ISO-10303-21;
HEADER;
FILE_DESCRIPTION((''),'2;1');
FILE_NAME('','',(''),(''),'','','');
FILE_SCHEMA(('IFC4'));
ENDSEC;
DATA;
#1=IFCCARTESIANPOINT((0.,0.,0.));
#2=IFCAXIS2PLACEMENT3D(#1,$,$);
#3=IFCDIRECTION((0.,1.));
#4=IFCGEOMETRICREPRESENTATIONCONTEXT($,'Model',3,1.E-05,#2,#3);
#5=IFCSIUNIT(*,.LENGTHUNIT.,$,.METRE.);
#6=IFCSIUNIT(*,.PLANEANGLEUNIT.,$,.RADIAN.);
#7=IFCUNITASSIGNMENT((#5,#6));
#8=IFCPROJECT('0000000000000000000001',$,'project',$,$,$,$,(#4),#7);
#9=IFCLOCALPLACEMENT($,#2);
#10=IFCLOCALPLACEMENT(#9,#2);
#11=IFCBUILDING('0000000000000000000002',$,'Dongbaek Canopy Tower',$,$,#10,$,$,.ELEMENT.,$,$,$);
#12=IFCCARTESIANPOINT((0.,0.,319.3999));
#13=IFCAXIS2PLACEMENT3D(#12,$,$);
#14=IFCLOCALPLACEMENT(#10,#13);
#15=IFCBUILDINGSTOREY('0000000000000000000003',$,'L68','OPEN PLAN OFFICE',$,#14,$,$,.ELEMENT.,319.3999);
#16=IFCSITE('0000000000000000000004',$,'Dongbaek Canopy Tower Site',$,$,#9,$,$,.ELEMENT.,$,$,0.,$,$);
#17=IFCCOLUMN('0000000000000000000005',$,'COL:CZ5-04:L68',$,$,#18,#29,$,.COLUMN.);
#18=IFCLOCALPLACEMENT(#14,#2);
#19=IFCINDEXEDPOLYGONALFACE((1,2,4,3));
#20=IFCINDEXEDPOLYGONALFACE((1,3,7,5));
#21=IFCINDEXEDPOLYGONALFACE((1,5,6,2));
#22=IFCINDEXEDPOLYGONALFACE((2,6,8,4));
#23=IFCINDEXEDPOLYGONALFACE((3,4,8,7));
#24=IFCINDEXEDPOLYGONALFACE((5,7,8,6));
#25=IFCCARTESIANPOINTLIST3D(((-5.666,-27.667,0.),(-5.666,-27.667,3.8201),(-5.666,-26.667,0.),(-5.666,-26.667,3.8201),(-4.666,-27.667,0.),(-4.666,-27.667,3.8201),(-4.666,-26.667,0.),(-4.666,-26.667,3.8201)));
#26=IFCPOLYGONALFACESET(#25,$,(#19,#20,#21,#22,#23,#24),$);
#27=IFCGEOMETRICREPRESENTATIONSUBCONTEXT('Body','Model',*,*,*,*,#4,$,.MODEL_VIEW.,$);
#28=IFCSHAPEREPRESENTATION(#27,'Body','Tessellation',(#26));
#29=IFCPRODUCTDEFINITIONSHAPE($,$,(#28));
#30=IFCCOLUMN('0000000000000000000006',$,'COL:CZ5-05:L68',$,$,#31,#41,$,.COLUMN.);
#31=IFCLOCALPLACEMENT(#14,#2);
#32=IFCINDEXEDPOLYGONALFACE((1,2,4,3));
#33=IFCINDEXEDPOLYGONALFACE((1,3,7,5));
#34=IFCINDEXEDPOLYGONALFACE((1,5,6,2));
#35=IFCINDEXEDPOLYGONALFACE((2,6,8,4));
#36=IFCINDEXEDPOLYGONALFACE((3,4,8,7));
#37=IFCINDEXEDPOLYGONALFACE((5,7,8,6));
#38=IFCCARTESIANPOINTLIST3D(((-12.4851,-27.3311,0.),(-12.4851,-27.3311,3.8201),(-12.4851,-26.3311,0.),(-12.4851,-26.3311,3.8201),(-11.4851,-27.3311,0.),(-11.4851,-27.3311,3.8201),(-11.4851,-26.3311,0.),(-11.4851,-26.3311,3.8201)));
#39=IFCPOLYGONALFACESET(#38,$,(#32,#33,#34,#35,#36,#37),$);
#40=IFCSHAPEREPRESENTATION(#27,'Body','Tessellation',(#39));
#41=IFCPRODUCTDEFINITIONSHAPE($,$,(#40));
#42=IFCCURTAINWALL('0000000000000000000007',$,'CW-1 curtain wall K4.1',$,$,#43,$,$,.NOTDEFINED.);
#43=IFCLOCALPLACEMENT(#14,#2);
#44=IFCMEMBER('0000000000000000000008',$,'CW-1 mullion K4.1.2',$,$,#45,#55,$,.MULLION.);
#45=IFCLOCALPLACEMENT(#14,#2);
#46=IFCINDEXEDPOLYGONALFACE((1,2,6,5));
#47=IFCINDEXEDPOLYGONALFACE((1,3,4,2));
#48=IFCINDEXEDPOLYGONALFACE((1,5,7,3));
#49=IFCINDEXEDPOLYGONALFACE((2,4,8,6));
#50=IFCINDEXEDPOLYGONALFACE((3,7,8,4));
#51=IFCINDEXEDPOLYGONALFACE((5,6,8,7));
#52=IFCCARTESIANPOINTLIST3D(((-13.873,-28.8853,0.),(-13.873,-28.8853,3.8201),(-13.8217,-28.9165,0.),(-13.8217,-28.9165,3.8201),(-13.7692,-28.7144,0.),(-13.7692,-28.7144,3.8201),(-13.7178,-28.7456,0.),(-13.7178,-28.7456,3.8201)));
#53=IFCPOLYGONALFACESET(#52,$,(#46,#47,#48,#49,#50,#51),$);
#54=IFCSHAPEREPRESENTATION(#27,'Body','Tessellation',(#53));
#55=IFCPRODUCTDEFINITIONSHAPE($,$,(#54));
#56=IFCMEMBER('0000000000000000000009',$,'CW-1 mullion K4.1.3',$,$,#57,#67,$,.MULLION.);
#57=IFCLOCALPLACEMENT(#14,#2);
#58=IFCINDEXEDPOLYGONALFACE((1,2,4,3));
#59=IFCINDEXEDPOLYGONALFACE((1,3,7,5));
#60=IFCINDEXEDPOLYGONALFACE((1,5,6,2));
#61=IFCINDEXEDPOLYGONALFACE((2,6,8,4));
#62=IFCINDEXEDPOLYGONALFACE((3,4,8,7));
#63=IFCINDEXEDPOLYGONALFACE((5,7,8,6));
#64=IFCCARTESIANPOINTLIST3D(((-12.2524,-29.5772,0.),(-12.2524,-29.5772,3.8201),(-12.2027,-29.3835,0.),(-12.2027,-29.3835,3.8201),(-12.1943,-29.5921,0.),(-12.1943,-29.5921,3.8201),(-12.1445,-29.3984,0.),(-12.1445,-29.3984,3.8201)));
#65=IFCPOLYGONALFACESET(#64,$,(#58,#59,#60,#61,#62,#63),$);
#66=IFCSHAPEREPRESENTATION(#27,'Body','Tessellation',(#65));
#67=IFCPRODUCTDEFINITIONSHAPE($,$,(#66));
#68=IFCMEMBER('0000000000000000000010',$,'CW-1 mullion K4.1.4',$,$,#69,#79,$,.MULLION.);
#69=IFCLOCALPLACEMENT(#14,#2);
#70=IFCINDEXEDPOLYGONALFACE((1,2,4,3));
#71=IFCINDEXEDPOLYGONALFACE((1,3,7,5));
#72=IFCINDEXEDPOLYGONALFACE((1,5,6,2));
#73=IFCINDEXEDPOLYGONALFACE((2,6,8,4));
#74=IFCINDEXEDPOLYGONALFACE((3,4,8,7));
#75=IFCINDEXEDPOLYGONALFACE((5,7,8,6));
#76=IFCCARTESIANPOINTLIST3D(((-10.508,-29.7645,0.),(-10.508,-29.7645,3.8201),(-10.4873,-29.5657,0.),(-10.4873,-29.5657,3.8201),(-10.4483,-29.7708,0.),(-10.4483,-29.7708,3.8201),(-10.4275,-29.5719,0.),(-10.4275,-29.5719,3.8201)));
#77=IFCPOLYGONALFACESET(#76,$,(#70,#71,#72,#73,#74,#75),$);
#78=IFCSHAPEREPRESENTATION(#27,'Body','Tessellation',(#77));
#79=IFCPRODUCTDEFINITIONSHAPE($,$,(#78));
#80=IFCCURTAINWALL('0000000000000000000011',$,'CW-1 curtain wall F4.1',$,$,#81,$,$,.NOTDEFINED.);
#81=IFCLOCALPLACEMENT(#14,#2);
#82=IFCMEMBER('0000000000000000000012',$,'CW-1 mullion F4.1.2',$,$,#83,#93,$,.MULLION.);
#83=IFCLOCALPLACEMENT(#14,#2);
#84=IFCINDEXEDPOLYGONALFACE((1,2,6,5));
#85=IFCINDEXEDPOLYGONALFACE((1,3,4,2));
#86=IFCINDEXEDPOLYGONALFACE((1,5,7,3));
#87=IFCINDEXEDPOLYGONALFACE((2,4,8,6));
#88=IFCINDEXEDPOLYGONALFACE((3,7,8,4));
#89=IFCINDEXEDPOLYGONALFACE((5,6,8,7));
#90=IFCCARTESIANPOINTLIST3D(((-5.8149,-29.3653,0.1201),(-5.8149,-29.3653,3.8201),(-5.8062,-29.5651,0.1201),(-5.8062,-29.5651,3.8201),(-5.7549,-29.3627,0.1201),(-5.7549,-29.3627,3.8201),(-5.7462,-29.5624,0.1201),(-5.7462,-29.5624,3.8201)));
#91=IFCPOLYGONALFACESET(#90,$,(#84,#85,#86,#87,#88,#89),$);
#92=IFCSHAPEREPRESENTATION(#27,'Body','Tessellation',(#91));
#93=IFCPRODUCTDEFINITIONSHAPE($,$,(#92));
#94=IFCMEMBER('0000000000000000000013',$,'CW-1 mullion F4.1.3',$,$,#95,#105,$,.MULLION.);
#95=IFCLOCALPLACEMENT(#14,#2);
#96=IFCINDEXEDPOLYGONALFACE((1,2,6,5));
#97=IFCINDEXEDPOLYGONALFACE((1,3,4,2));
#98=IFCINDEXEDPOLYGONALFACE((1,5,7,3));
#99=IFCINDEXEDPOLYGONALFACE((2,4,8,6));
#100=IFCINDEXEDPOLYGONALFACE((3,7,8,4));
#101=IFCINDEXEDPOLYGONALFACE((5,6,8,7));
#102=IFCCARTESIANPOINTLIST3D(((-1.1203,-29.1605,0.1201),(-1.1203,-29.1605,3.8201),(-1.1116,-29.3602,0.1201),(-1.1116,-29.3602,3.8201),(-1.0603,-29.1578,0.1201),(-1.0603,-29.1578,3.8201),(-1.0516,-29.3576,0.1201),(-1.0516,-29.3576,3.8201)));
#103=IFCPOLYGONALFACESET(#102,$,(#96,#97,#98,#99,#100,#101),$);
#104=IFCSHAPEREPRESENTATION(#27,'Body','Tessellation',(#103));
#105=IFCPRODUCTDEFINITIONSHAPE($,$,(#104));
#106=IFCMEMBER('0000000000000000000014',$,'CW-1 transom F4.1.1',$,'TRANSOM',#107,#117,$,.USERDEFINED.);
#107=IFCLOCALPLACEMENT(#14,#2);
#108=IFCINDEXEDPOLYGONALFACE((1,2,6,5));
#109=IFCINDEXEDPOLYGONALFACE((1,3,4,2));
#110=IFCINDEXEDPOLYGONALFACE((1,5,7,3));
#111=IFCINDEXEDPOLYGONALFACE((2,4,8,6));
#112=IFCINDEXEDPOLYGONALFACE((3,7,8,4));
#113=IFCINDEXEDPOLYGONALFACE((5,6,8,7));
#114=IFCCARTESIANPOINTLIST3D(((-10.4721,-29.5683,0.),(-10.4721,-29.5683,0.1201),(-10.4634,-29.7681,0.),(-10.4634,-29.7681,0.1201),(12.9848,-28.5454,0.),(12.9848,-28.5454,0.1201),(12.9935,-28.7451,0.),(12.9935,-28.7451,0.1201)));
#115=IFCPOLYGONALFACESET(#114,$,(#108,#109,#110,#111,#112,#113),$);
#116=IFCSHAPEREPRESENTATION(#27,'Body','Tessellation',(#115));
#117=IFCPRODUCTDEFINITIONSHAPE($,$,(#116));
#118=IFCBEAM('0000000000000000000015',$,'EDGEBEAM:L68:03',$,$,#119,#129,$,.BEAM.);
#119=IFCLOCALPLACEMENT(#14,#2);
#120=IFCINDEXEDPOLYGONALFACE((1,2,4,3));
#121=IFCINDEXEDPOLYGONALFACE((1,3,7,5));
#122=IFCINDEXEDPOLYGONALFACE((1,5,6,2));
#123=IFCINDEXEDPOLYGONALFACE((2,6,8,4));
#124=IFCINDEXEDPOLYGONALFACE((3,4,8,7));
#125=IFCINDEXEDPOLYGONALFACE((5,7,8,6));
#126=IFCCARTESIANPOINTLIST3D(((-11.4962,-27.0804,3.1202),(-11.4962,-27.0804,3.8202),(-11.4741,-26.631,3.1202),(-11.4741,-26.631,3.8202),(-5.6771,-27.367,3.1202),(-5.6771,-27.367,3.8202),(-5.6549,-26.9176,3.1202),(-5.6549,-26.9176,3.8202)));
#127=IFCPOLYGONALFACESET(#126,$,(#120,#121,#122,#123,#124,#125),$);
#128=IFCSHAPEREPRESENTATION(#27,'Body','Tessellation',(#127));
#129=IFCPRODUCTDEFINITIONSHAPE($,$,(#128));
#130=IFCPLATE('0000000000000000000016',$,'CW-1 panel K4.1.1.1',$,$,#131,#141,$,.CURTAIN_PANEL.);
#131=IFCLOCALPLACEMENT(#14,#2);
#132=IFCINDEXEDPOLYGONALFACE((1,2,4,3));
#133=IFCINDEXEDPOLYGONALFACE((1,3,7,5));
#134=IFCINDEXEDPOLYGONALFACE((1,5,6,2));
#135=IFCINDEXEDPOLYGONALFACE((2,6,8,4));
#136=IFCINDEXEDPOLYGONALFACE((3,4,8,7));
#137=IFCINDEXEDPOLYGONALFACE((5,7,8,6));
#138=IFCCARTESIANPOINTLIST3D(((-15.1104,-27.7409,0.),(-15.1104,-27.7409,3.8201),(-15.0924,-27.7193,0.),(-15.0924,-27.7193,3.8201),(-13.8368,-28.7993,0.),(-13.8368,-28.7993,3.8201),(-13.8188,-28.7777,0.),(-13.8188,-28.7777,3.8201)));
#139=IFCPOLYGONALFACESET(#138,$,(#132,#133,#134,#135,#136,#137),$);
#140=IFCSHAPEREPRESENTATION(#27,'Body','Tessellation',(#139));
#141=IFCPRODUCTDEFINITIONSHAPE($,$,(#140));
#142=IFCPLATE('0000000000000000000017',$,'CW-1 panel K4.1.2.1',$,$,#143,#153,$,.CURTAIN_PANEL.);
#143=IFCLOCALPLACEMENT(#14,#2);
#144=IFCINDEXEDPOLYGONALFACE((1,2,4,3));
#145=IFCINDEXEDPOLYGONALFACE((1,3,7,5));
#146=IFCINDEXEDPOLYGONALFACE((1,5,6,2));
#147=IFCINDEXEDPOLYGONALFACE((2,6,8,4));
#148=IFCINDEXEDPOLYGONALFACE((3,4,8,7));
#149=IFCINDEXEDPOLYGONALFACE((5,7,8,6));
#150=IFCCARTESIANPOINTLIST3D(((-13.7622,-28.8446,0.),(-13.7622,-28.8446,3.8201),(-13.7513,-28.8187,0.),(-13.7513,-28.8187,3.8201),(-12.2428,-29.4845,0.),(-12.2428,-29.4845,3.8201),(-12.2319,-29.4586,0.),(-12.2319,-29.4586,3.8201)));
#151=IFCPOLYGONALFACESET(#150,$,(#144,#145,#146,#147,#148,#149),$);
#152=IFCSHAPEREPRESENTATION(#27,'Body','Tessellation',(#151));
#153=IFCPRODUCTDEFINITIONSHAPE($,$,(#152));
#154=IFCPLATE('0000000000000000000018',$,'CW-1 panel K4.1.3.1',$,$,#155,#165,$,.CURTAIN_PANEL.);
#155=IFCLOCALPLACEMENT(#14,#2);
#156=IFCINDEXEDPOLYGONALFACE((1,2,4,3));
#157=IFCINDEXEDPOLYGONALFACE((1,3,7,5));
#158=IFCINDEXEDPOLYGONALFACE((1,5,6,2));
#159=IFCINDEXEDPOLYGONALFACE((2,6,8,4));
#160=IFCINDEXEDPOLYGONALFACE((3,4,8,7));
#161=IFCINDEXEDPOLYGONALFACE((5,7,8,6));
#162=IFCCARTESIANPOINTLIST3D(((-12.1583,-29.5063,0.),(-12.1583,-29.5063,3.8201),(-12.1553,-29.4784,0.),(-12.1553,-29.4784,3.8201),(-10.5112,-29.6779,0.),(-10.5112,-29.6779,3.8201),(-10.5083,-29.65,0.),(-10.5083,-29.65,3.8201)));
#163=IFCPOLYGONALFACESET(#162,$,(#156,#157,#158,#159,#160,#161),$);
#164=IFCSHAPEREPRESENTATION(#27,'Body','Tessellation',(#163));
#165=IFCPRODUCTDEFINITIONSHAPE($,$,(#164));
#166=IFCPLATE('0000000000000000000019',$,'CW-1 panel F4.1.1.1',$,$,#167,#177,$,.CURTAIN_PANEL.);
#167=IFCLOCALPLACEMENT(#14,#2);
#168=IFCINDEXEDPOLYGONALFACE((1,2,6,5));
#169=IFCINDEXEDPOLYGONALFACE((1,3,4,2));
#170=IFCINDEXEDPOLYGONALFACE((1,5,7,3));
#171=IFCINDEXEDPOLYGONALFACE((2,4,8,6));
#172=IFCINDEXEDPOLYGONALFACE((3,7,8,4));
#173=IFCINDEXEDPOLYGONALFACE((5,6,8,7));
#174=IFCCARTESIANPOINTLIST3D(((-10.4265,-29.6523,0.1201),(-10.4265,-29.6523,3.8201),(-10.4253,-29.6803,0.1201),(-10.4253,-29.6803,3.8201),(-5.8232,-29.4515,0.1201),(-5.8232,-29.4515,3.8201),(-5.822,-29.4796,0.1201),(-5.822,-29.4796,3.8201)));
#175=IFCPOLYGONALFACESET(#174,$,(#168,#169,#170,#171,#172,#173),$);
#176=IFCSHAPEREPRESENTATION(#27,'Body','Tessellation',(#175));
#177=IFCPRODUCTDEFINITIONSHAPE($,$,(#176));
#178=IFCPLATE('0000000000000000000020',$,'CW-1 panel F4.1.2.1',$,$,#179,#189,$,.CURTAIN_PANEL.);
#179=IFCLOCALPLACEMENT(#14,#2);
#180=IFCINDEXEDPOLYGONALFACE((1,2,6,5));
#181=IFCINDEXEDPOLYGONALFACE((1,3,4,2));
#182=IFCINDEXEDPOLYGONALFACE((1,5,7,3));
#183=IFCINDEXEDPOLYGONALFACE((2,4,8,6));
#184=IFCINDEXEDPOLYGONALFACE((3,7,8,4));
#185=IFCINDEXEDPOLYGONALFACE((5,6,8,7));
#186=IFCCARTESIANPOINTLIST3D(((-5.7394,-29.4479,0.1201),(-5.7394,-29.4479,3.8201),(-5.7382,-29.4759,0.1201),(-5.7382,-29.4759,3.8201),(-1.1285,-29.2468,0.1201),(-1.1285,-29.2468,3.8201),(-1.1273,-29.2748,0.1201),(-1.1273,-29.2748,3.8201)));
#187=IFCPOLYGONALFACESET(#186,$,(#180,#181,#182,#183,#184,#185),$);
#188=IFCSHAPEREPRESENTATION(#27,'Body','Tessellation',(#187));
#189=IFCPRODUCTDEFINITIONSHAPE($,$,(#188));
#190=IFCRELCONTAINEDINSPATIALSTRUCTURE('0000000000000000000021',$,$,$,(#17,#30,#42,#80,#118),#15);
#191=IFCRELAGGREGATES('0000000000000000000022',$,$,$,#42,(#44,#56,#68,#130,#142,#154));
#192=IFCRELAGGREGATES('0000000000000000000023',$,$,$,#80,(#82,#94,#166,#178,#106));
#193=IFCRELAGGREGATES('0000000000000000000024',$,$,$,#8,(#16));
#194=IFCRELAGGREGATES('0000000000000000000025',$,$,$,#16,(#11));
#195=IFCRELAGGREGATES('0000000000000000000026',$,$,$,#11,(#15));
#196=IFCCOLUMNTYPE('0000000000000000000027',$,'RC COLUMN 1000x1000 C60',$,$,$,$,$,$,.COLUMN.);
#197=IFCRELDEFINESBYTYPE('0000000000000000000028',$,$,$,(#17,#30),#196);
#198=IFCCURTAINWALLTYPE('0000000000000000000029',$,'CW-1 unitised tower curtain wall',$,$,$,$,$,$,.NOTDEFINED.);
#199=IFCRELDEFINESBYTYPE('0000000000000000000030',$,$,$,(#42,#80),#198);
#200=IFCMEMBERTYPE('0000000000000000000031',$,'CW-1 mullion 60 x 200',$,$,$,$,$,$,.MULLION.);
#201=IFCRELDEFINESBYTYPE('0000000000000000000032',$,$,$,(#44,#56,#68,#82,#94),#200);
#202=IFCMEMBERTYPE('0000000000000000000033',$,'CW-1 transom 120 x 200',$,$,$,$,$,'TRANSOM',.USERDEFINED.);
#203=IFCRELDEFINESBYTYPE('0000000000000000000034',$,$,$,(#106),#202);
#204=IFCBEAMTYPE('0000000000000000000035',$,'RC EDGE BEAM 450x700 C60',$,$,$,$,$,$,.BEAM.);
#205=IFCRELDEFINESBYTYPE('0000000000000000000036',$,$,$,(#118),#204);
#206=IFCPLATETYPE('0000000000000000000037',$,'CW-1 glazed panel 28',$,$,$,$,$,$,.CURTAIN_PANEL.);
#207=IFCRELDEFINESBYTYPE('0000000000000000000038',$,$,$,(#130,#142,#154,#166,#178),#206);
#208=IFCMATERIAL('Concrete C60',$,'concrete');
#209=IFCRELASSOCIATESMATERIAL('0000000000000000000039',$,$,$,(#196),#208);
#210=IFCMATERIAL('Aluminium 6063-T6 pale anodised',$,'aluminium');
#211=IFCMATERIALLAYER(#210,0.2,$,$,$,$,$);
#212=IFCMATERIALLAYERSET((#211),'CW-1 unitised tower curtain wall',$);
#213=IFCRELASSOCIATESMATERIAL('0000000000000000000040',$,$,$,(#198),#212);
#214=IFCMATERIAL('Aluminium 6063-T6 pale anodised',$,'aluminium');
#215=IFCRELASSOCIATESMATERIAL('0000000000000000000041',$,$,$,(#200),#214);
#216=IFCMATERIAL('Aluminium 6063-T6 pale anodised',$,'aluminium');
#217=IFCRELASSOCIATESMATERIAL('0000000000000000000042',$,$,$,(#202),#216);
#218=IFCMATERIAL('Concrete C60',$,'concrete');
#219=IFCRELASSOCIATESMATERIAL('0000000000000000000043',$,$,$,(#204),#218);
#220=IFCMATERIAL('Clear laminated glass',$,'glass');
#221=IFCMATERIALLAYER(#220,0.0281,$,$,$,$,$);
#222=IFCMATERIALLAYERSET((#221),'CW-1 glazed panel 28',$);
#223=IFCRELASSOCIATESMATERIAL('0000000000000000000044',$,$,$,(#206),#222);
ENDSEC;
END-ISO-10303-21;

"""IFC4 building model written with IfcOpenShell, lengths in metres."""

from ifc_helpers import new_model, si_unit, direction, frame, origin, origin_2d, place, context, subcontext, project, spatial, rectangle, extrude, material, layer, layer_set, material_profile, profile_set, type_object, element, aggregate, save


model = new_model("IFC4")

# Units and contexts
model_context = context("Model", 3, precision=1e-05, world=origin(), true_north=direction((0.0, 1.0)))
body_context = subcontext(model_context, "Body", "Model", "MODEL_VIEW")
ifc_project = project(units=[si_unit("LENGTHUNIT", "METRE"), si_unit("PLANEANGLEUNIT", "RADIAN")], contexts=[model_context])

# Site, building, storey
site_placement = place(None, origin())
site = spatial("IfcSite", under=ifc_project, at=site_placement, Name="Dongbaek Canopy Tower Site", CompositionType="ELEMENT", RefElevation=0.0)
building_placement = place(site_placement, origin())
building = spatial("IfcBuilding", under=site, at=building_placement, Name="Dongbaek Canopy Tower", CompositionType="ELEMENT")
storey_placement = place(building_placement, frame((0.0, 0.0, 319.3999)))
storey = spatial("IfcBuildingStorey", under=building, at=storey_placement, Name="L68", Description="OPEN PLAN OFFICE", CompositionType="ELEMENT", Elevation=319.3999)

# Columns
ifc_material_1 = material(Name="Concrete C60", Category="concrete")
ifc_material_profile_1 = material_profile(ifc_material_1, rectangle(XDim=1.0, YDim=1.0, at=origin_2d()), Name="RC COLUMN 1000x1000 C60")
ifc_profile_set_1 = profile_set([ifc_material_profile_1], Name="Concrete C60")
column_type = type_object("IfcColumnType", Name="RC COLUMN 1000x1000 C60", PredefinedType="COLUMN", material=ifc_profile_set_1)
for number, where, z_axis, x_axis, name in (
    (1, (-5.166, -27.167, 0.0), (0.0, 0.0, 1.0), (1.0, 0.0, 0.0), "COL:CZ5-04:L68"),
    (2, (-11.9851, -26.8311, 0.0), (0.0, 0.0, 1.0), (1.0, 0.0, 0.0), "COL:CZ5-05:L68"),
):
    element("IfcColumn", number, at=place(storey_placement, frame(where, z_axis=z_axis, x_axis=x_axis)), inside=storey, type_object=column_type, Name=name, PredefinedType="COLUMN", context=body_context, shape_type="SweptSolid", body=[
        extrude(rectangle(XDim=1.0, YDim=1.0, at=origin_2d()), origin(), (0.0, 0.0, 1.0), 3.8201),
    ])

# Curtain walls, members
ifc_material_2 = material(Name="Aluminium 6063-T6 pale anodised", Category="aluminium")
ifc_layer_1 = layer(ifc_material_2, 0.2)
ifc_layer_set_1 = layer_set([ifc_layer_1], Name="CW-1 unitised tower curtain wall")
curtain_wall_type = type_object("IfcCurtainWallType", Name="CW-1 unitised tower curtain wall", PredefinedType="NOTDEFINED", material=ifc_layer_set_1)
curtain_wall_1_placement = place(storey_placement, origin())
curtain_wall_1 = element("IfcCurtainWall", 3, at=curtain_wall_1_placement, inside=storey, type_object=curtain_wall_type, Name="CW-1 curtain wall K4.1", PredefinedType="NOTDEFINED")
ifc_material_3 = material(Name="Aluminium 6063-T6 pale anodised", Category="aluminium")
ifc_material_profile_2 = material_profile(ifc_material_3, rectangle(XDim=0.2, YDim=0.0601, at=origin_2d()), Name="CW-1 mullion 60 x 200")
ifc_profile_set_2 = profile_set([ifc_material_profile_2], Name="Aluminium 6063-T6 pale anodised")
member_type_1 = type_object("IfcMemberType", Name="CW-1 mullion 60 x 200", PredefinedType="MULLION", material=ifc_profile_set_2)
member_1_placement = place(storey_placement, frame((-13.7954, -28.8154, 0.0), z_axis=(0.0, 0.0, 1.0), x_axis=(-0.519267, -0.854612, 0.0)))
member_1 = element("IfcMember", 4, at=member_1_placement, type_object=member_type_1, Name="CW-1 mullion K4.1.2", PredefinedType="MULLION", context=body_context, shape_type="SweptSolid", body=[
    extrude(rectangle(XDim=0.2, YDim=0.0601, at=origin_2d()), origin(), (0.0, 0.0, 1.0), 3.8201),
])
member_2_placement = place(storey_placement, frame((-12.1985, -29.4878, 0.0), z_axis=(0.0, 0.0, 1.0), x_axis=(-0.24857, -0.968614, 0.0)))
member_2 = element("IfcMember", 5, at=member_2_placement, type_object=member_type_1, Name="CW-1 mullion K4.1.3", PredefinedType="MULLION", context=body_context, shape_type="SweptSolid", body=[
    extrude(rectangle(XDim=0.2, YDim=0.0601, at=origin_2d()), origin(), (0.0, 0.0, 1.0), 3.8201),
])
member_3_placement = place(storey_placement, frame((-10.4678, -29.6682, 0.0), z_axis=(0.0, 0.0, 1.0), x_axis=(-0.103623, -0.994617, 0.0)))
member_3 = element("IfcMember", 6, at=member_3_placement, type_object=member_type_1, Name="CW-1 mullion K4.1.4", PredefinedType="MULLION", context=body_context, shape_type="SweptSolid", body=[
    extrude(rectangle(XDim=0.2, YDim=0.0601, at=origin_2d()), origin(), (0.0, 0.0, 1.0), 3.8201),
])
curtain_wall_2_placement = place(storey_placement, origin())
curtain_wall_2 = element("IfcCurtainWall", 7, at=curtain_wall_2_placement, inside=storey, type_object=curtain_wall_type, Name="CW-1 curtain wall F4.1", PredefinedType="NOTDEFINED")
member_4_placement = place(storey_placement, frame((-5.7805, -29.4639, 0.1201), z_axis=(0.0, 0.0, 1.0), x_axis=(0.043572, -0.99905, 0.0)))
member_4 = element("IfcMember", 8, at=member_4_placement, type_object=member_type_1, Name="CW-1 mullion F4.1.2", PredefinedType="MULLION", context=body_context, shape_type="SweptSolid", body=[
    extrude(rectangle(XDim=0.2, YDim=0.0601, at=origin_2d()), origin(), (0.0, 0.0, 1.0), 3.7),
])
member_5_placement = place(storey_placement, frame((-1.0859, -29.259, 0.1201), z_axis=(0.0, 0.0, 1.0), x_axis=(0.043572, -0.99905, 0.0)))
member_5 = element("IfcMember", 9, at=member_5_placement, type_object=member_type_1, Name="CW-1 mullion F4.1.3", PredefinedType="MULLION", context=body_context, shape_type="SweptSolid", body=[
    extrude(rectangle(XDim=0.2, YDim=0.0601, at=origin_2d()), origin(), (0.0, 0.0, 1.0), 3.7),
])
ifc_material_4 = material(Name="Aluminium 6063-T6 pale anodised", Category="aluminium")
ifc_material_profile_3 = material_profile(ifc_material_4, rectangle(XDim=0.2, YDim=0.1201, at=origin_2d()), Name="CW-1 transom 120 x 200")
ifc_profile_set_3 = profile_set([ifc_material_profile_3], Name="Aluminium 6063-T6 pale anodised")
member_type_2 = type_object("IfcMemberType", Name="CW-1 transom 120 x 200", ElementType="TRANSOM", PredefinedType="USERDEFINED", material=ifc_profile_set_3)
member_6_placement = place(storey_placement, frame((-10.4678, -29.6682, 0.0601), z_axis=(0.99905, 0.043568, 0.0), x_axis=(-0.043568, 0.99905, 0.0)))
member_6 = element("IfcMember", 10, at=member_6_placement, type_object=member_type_2, Name="CW-1 transom F4.1.1", ObjectType="TRANSOM", PredefinedType="USERDEFINED", context=body_context, shape_type="SweptSolid", body=[
    extrude(rectangle(XDim=0.2, YDim=0.1201, at=origin_2d()), origin(), (0.0, 0.0, 1.0), 23.4792),
])

# Beam
ifc_material_5 = material(Name="Concrete C60", Category="concrete")
ifc_material_profile_4 = material_profile(ifc_material_5, rectangle(XDim=0.45, YDim=0.7, at=origin_2d()), Name="RC EDGE BEAM 450x700 C60")
ifc_profile_set_4 = profile_set([ifc_material_profile_4], Name="Concrete C60")
beam_type = type_object("IfcBeamType", Name="RC EDGE BEAM 450x700 C60", PredefinedType="BEAM", material=ifc_profile_set_4)
beam_placement = place(storey_placement, frame((-5.666, -27.1423, 3.4702), z_axis=(-0.998789, 0.049196, 0.0), x_axis=(-0.049196, -0.998789, 0.0)))
element("IfcBeam", 11, at=beam_placement, inside=storey, type_object=beam_type, Name="EDGEBEAM:L68:03", PredefinedType="BEAM", context=body_context, shape_type="SweptSolid", body=[
    extrude(rectangle(XDim=0.45, YDim=0.7, at=origin_2d()), origin(), (0.0, 0.0, 1.0), 5.8262),
])

# Plates
ifc_material_6 = material(Name="Clear laminated glass", Category="glass")
ifc_layer_2 = layer(ifc_material_6, 0.0281)
ifc_layer_set_2 = layer_set([ifc_layer_2], Name="CW-1 glazed panel 28")
plate_type = type_object("IfcPlateType", Name="CW-1 glazed panel 28", PredefinedType="CURTAIN_PANEL", material=ifc_layer_set_2)
plate_1_placement = place(storey_placement, frame((-14.4646, -28.2593, 0.0), z_axis=(0.0, 0.0, 1.0), x_axis=(0.769085, -0.639146, 0.0)))
plate_1 = element("IfcPlate", 12, at=plate_1_placement, type_object=plate_type, Name="CW-1 panel K4.1.1.1", PredefinedType="CURTAIN_PANEL", context=body_context, shape_type="SweptSolid", body=[
    extrude(rectangle(XDim=1.656, YDim=0.0281, at=origin_2d()), origin(), (0.0, 0.0, 1.0), 3.8201),
])
plate_2_placement = place(storey_placement, frame((-12.9971, -29.1516, 0.0), z_axis=(0.0, 0.0, 1.0), x_axis=(0.921606, -0.388127, 0.0)))
plate_2 = element("IfcPlate", 13, at=plate_2_placement, type_object=plate_type, Name="CW-1 panel K4.1.2.1", PredefinedType="CURTAIN_PANEL", context=body_context, shape_type="SweptSolid", body=[
    extrude(rectangle(XDim=1.6487, YDim=0.0281, at=origin_2d()), origin(), (0.0, 0.0, 1.0), 3.8201),
])
plate_3_placement = place(storey_placement, frame((-11.3333, -29.5781, 0.0), z_axis=(0.0, 0.0, 1.0), x_axis=(0.994617, -0.103623, 0.0)))
plate_3 = element("IfcPlate", 14, at=plate_3_placement, type_object=plate_type, Name="CW-1 panel K4.1.3.1", PredefinedType="CURTAIN_PANEL", context=body_context, shape_type="SweptSolid", body=[
    extrude(rectangle(XDim=1.656, YDim=0.0281, at=origin_2d()), origin(), (0.0, 0.0, 1.0), 3.8201),
])
plate_4_placement = place(storey_placement, frame((-8.1243, -29.5659, 0.1201), z_axis=(0.0, 0.0, 1.0), x_axis=(0.99905, 0.043572, 0.0)))
plate_4 = element("IfcPlate", 15, at=plate_4_placement, type_object=plate_type, Name="CW-1 panel F4.1.1.1", PredefinedType="CURTAIN_PANEL", context=body_context, shape_type="SweptSolid", body=[
    extrude(rectangle(XDim=4.6077, YDim=0.0281, at=origin_2d()), origin(), (0.0, 0.0, 1.0), 3.7),
])
plate_5_placement = place(storey_placement, frame((-3.4333, -29.3613, 0.1201), z_axis=(0.0, 0.0, 1.0), x_axis=(0.99905, 0.043572, 0.0)))
plate_5 = element("IfcPlate", 16, at=plate_5_placement, type_object=plate_type, Name="CW-1 panel F4.1.2.1", PredefinedType="CURTAIN_PANEL", context=body_context, shape_type="SweptSolid", body=[
    extrude(rectangle(XDim=4.6152, YDim=0.0281, at=origin_2d()), origin(), (0.0, 0.0, 1.0), 3.7),
])

aggregate(curtain_wall_1, [member_1, member_2, member_3, plate_1, plate_2, plate_3])
aggregate(curtain_wall_2, [member_4, member_5, plate_4, plate_5, member_6])

save(model, "model.ifc")
